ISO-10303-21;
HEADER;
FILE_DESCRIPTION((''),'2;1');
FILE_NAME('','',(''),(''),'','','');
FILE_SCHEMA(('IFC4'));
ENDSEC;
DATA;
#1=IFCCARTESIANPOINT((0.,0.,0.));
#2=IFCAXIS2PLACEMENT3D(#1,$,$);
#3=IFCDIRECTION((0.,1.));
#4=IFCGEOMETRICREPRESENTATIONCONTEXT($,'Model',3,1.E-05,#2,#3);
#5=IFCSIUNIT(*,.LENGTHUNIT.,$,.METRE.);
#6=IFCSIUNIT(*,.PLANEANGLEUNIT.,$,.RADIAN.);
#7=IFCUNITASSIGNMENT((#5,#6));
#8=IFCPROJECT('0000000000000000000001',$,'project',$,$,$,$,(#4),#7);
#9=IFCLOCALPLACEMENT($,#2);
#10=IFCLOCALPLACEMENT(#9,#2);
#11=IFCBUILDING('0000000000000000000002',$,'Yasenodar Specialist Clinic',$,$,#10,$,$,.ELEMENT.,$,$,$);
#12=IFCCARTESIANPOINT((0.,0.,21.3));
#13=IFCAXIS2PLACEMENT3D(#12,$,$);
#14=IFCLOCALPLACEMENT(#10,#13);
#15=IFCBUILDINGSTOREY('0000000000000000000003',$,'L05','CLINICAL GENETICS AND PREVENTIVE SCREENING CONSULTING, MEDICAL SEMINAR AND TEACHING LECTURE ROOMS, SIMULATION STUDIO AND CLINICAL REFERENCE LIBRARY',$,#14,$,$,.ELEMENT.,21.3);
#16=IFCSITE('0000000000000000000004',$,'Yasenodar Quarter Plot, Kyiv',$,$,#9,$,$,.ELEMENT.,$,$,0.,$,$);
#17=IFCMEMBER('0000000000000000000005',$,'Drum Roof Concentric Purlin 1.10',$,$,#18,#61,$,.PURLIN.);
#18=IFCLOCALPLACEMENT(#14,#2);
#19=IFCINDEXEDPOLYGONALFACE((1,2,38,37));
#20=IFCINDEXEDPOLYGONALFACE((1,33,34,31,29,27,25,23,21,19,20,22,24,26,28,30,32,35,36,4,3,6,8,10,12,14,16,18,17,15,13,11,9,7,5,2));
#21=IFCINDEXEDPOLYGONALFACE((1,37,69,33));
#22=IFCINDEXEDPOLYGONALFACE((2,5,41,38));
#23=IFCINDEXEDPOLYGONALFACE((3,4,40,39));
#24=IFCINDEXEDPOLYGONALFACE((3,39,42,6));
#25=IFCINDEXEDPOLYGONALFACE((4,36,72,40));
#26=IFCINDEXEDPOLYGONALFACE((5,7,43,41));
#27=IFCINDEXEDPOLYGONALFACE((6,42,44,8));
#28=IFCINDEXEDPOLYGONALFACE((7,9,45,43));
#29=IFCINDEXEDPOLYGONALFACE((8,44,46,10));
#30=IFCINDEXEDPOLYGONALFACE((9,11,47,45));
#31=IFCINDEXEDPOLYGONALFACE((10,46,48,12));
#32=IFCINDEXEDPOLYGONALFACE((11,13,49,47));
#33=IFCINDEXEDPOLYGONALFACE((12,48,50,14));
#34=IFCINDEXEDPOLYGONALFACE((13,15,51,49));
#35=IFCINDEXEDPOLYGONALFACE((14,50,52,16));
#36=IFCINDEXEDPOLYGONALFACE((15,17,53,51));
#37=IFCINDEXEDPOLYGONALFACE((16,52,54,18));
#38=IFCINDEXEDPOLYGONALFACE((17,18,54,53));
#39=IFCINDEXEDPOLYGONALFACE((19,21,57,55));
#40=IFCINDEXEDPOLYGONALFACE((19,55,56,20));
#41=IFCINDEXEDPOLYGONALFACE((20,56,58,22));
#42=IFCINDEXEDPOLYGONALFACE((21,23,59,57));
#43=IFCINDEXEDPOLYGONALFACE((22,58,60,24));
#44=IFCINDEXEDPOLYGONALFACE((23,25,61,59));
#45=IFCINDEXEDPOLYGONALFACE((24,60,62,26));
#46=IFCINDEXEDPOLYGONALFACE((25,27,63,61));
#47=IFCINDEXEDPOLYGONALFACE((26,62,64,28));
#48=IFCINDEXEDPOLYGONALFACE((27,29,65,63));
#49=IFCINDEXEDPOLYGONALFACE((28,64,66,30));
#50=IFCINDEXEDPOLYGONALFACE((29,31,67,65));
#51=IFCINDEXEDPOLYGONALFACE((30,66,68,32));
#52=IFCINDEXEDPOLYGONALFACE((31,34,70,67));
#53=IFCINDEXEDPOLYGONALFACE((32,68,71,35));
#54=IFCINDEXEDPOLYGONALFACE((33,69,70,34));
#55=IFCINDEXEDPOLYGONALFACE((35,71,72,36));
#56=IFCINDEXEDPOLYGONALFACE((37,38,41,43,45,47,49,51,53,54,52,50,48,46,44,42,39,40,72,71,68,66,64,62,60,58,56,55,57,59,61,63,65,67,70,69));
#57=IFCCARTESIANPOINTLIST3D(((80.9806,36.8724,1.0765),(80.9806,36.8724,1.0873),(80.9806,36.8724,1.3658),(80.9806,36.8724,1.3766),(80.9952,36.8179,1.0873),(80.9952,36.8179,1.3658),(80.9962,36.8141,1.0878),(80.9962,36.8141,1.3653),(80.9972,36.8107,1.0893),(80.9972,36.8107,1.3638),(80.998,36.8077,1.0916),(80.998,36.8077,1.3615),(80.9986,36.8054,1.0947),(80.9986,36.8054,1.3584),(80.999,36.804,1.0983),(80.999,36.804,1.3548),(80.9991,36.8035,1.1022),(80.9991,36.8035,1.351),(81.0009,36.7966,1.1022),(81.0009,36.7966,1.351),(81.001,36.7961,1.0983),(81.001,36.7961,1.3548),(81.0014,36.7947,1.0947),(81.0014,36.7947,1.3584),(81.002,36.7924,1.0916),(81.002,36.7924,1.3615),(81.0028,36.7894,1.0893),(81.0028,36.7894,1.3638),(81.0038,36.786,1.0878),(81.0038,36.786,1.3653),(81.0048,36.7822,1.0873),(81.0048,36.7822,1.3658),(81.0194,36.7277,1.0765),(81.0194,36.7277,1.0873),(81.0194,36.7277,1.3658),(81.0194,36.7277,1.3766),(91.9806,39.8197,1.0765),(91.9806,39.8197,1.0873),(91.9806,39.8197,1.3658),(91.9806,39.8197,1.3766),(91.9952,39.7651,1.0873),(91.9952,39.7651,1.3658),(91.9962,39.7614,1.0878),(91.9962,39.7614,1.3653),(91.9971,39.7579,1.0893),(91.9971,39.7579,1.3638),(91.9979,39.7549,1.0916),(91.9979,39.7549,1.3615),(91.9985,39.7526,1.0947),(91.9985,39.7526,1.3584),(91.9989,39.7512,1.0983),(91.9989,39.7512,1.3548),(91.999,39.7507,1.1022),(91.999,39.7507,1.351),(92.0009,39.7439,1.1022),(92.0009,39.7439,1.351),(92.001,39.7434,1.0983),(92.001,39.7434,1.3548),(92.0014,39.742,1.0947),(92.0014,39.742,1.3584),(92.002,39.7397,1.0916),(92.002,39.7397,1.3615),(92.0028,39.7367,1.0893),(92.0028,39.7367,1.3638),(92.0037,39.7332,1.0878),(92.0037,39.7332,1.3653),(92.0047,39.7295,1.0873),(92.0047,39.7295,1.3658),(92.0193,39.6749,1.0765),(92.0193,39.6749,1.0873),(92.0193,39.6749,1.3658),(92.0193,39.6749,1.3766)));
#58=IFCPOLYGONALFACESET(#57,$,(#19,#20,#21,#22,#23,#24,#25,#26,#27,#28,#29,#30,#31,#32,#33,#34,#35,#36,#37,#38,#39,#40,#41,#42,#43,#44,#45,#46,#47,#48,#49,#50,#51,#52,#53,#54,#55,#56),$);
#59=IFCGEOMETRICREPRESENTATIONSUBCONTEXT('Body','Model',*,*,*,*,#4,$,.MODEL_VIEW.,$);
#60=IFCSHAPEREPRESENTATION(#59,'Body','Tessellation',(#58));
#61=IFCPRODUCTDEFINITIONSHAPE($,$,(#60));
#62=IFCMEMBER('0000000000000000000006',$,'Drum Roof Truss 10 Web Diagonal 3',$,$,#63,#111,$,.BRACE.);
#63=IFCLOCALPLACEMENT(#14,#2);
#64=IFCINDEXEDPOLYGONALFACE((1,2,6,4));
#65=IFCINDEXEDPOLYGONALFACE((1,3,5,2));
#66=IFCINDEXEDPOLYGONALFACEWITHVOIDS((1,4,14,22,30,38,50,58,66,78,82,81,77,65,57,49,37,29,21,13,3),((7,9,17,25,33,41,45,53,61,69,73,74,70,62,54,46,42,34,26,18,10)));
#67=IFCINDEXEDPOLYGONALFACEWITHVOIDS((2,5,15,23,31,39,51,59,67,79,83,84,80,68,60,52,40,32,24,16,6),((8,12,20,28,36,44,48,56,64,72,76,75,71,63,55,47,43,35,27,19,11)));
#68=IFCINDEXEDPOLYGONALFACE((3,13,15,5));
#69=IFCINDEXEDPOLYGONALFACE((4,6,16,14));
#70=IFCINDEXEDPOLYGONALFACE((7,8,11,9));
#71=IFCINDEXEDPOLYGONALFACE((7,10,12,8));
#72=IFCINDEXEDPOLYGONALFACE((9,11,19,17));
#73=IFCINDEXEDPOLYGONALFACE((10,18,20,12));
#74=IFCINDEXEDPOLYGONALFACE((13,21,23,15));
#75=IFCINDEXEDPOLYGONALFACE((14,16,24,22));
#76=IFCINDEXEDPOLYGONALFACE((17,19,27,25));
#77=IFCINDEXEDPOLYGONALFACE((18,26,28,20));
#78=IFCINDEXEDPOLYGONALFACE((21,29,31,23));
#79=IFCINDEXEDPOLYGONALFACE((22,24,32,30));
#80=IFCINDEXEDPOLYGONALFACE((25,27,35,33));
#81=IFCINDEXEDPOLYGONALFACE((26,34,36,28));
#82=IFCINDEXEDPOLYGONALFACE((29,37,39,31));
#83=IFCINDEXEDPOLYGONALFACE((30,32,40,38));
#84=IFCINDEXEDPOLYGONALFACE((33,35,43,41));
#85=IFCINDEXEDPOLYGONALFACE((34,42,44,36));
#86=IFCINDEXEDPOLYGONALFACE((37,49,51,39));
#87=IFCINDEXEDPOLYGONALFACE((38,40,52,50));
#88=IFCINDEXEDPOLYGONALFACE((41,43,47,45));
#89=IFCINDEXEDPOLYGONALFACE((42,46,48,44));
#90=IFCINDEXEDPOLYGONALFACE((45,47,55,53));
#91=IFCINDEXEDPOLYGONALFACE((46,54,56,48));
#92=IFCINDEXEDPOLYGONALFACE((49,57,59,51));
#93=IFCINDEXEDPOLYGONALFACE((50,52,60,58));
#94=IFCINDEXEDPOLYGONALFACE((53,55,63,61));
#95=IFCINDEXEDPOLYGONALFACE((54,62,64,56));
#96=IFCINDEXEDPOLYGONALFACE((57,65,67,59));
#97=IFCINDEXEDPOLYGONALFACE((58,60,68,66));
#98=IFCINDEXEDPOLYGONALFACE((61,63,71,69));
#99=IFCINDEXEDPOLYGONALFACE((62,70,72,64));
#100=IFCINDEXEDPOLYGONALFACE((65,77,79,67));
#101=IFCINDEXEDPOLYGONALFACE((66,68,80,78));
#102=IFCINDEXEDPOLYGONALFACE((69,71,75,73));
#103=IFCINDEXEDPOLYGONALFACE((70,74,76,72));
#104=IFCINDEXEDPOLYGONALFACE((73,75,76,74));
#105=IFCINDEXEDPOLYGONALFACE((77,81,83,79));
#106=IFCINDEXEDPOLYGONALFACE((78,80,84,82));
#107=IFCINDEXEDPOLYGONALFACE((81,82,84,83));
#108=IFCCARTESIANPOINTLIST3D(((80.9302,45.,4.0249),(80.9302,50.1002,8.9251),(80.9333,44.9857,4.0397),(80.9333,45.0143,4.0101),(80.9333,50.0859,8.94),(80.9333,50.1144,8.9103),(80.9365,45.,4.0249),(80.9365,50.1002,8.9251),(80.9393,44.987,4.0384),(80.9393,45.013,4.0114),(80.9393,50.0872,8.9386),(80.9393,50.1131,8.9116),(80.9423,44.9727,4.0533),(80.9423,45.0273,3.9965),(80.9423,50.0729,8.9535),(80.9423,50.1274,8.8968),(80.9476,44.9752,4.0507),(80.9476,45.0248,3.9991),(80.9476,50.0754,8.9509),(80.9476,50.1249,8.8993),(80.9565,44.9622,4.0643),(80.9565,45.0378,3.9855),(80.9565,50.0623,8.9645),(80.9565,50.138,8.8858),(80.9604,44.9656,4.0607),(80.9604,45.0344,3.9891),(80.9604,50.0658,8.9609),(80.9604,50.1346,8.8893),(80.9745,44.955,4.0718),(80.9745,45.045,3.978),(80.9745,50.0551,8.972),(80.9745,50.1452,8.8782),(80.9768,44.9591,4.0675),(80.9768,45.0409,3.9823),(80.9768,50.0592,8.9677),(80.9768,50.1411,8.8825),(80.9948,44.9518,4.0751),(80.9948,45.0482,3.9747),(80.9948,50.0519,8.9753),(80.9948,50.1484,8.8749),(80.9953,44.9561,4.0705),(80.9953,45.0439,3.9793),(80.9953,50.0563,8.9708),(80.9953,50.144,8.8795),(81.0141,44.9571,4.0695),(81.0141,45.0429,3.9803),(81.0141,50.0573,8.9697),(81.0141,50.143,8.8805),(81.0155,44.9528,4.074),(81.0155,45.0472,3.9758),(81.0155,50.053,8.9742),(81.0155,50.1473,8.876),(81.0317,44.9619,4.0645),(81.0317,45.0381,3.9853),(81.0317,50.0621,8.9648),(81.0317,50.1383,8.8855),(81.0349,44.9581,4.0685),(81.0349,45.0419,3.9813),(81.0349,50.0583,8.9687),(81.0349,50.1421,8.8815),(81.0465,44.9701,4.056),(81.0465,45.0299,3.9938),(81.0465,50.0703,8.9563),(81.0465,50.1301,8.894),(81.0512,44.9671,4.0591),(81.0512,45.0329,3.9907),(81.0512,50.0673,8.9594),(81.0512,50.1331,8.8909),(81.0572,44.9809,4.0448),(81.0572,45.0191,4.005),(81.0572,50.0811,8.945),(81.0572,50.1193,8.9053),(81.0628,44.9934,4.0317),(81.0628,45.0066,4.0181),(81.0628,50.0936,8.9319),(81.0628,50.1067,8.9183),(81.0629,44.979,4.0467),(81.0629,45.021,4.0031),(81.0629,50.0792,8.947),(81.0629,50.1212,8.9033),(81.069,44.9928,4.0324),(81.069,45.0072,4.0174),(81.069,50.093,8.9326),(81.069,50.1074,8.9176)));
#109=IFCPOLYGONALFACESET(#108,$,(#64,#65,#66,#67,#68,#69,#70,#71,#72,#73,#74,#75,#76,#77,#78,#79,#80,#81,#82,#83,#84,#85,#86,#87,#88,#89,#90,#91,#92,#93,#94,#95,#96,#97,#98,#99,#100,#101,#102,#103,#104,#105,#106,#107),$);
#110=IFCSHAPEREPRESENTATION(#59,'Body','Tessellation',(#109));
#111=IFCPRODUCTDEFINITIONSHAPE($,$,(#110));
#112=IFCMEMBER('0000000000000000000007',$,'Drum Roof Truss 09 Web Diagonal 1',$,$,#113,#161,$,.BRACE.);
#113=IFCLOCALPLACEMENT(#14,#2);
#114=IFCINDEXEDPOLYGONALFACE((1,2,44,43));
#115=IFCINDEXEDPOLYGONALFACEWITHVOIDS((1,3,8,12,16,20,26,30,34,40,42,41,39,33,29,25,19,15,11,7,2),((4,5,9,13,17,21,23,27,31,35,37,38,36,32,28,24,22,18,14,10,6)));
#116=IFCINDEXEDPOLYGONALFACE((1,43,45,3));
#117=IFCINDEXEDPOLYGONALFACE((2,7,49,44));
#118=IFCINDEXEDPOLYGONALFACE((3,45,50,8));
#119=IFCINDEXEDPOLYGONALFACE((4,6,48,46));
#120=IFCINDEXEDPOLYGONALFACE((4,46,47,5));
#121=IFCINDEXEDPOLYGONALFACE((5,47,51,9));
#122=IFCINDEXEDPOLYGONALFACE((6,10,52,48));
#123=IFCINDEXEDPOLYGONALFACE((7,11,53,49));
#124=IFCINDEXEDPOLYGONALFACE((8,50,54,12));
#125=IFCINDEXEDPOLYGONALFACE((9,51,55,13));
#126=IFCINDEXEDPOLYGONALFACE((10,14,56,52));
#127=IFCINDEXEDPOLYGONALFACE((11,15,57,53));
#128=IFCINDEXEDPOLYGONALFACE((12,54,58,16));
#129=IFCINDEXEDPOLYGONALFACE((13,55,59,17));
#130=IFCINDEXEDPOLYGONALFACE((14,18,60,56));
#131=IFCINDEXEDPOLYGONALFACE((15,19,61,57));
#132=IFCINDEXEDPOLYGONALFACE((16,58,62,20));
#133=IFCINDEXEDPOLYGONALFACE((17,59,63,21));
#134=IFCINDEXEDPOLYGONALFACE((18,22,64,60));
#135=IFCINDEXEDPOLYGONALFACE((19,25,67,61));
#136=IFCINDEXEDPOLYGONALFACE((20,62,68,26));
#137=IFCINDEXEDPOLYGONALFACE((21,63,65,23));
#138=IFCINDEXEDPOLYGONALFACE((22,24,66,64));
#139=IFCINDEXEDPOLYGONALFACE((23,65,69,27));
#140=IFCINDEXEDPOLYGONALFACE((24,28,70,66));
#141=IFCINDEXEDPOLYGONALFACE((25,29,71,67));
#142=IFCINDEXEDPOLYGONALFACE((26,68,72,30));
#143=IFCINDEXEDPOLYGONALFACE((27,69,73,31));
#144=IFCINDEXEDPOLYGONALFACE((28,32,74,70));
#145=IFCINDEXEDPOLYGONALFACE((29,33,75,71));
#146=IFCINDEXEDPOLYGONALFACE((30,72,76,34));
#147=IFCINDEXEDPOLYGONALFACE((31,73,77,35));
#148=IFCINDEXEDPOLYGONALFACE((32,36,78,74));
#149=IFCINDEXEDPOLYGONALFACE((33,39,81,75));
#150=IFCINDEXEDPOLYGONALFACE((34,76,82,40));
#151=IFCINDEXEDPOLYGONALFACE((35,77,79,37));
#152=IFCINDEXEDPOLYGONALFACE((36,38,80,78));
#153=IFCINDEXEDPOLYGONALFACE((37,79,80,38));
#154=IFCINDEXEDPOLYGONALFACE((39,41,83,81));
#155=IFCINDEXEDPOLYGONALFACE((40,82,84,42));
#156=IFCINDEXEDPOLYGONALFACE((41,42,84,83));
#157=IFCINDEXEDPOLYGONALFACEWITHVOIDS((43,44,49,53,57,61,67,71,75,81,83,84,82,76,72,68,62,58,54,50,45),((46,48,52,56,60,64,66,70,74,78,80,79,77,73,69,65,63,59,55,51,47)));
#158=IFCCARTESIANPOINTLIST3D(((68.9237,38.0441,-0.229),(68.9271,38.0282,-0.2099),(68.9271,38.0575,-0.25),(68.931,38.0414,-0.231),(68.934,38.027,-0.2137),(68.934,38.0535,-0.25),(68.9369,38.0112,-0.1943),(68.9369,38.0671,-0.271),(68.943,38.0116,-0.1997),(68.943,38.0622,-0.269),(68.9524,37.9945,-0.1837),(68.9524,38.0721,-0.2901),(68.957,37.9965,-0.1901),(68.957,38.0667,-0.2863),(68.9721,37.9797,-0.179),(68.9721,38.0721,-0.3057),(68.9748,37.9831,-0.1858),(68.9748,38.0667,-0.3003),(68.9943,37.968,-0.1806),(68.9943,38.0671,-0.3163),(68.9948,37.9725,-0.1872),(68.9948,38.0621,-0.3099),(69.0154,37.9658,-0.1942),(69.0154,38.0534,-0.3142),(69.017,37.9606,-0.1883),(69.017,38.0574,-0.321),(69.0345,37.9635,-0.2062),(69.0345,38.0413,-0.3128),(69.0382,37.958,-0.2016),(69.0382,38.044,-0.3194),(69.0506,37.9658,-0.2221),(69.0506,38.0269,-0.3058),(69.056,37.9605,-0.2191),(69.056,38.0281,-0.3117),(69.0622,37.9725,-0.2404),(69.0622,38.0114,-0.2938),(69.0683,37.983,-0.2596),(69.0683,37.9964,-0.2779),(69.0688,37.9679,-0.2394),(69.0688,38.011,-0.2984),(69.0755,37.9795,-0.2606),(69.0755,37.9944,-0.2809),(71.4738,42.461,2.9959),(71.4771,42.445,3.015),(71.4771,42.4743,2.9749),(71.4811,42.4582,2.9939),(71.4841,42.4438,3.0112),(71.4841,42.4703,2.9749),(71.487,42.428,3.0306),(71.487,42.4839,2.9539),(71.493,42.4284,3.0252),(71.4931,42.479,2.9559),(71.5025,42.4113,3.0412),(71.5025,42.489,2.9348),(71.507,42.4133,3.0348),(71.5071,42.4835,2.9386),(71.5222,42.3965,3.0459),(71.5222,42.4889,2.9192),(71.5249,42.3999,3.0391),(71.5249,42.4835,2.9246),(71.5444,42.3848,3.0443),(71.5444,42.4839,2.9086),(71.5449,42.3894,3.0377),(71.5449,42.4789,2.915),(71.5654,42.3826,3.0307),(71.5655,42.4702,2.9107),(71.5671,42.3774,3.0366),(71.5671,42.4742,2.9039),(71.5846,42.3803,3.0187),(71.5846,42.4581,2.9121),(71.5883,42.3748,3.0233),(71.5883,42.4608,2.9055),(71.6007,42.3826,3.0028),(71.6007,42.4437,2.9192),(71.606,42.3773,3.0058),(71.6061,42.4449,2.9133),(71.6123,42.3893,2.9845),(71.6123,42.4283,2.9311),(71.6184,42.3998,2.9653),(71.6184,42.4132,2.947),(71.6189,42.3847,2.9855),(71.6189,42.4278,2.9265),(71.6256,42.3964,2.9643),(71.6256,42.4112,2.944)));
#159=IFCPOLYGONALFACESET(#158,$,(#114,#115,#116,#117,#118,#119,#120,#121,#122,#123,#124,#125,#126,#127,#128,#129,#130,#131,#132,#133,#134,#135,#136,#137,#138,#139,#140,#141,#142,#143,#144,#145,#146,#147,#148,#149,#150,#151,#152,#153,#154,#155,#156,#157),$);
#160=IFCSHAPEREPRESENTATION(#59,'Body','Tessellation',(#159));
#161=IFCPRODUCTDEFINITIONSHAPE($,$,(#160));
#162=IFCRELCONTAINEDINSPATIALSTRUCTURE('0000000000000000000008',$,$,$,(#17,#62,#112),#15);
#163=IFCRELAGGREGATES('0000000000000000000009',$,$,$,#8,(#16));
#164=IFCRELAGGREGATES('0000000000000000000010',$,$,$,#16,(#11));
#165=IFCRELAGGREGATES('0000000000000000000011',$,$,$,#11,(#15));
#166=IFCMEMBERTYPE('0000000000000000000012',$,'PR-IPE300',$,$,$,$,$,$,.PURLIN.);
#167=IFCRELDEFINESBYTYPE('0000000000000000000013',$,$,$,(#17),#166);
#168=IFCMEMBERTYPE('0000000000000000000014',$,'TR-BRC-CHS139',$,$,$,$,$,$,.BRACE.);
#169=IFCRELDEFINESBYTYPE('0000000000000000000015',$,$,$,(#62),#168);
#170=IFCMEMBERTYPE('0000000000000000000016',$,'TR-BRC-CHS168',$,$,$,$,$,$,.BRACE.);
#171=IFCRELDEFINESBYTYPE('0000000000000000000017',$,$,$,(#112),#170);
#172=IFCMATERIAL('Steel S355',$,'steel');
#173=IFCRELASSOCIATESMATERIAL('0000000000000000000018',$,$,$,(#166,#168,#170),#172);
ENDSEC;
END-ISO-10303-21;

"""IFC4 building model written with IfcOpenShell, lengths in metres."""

from ifc_helpers import new_model, si_unit, direction, frame, origin, origin_2d, place, context, subcontext, project, spatial, hollow_circle, i_section, extrude, material, material_profile, profile_set, type_object, element, save


model = new_model("IFC4")

# Units and contexts
model_context = context("Model", 3, precision=1e-05, world=origin(), true_north=direction((0.0, 1.0)))
body_context = subcontext(model_context, "Body", "Model", "MODEL_VIEW")
ifc_project = project(units=[si_unit("LENGTHUNIT", "METRE"), si_unit("PLANEANGLEUNIT", "RADIAN")], contexts=[model_context])

# Site, building, storey
site_placement = place(None, origin())
site = spatial("IfcSite", under=ifc_project, at=site_placement, Name="Yasenodar Quarter Plot, Kyiv", CompositionType="ELEMENT", RefElevation=0.0)
building_placement = place(site_placement, origin())
building = spatial("IfcBuilding", under=site, at=building_placement, Name="Yasenodar Specialist Clinic", CompositionType="ELEMENT")
storey_placement = place(building_placement, frame((0.0, 0.0, 21.3)))
storey = spatial("IfcBuildingStorey", under=building, at=storey_placement, Name="L05", Description="CLINICAL GENETICS AND PREVENTIVE SCREENING CONSULTING, MEDICAL SEMINAR AND TEACHING LECTURE ROOMS, SIMULATION STUDIO AND CLINICAL REFERENCE LIBRARY", CompositionType="ELEMENT", Elevation=21.3)

# Members
ifc_material = material(Name="Steel S355", Category="steel")
ifc_material_profile_1 = material_profile(ifc_material, i_section(OverallWidth=0.1499, OverallDepth=0.3, WebThickness=0.0071, FlangeThickness=0.0107, FilletRadius=0.0149, at=origin_2d()), Name="IPE 300")
ifc_profile_set_1 = profile_set([ifc_material_profile_1], Name="Steel S355")
member_type_1 = type_object("IfcMemberType", Name="PR-IPE300", PredefinedType="PURLIN", material=ifc_profile_set_1)
for number, where, z_axis, x_axis, name in (
    (1, (81.0, 36.8, 1.2266), (0.96593, 0.258805, 0.0), (-0.258805, 0.96593, 0.0), "Drum Roof Concentric Purlin 1.10"),
):
    element("IfcMember", number, at=place(storey_placement, frame(where, z_axis=z_axis, x_axis=x_axis)), inside=storey, type_object=member_type_1, Name=name, PredefinedType="PURLIN", context=body_context, shape_type="SweptSolid", body=[
        extrude(i_section(OverallWidth=0.1499, OverallDepth=0.3, WebThickness=0.0071, FlangeThickness=0.0107, FilletRadius=0.0149, at=origin_2d()), origin(), (0.0, 0.0, 1.0), 11.3879),
    ])
ifc_material_profile_2 = material_profile(ifc_material, hollow_circle(Radius=0.0698, WallThickness=0.0063, at=origin_2d()), Name="CHS 139.7x6.3")
ifc_profile_set_2 = profile_set([ifc_material_profile_2], Name="Steel S355")
member_type_2 = type_object("IfcMemberType", Name="TR-BRC-CHS139", PredefinedType="BRACE", material=ifc_profile_set_2)
member_1_placement = place(storey_placement, frame((81.0, 45.0, 4.0249), z_axis=(0.0, 0.721101, 0.69283), x_axis=(-1.0, 0.0, 0.0)))
element("IfcMember", 2, at=member_1_placement, inside=storey, type_object=member_type_2, Name="Drum Roof Truss 10 Web Diagonal 3", PredefinedType="BRACE", context=body_context, shape_type="SweptSolid", body=[
    extrude(hollow_circle(Radius=0.0698, WallThickness=0.0063, at=origin_2d()), origin(), (0.0, 0.0, 1.0), 7.0728),
])
ifc_material_profile_3 = material_profile(ifc_material, hollow_circle(Radius=0.0842, WallThickness=0.0081, at=origin_2d()), Name="CHS 168.3x8")
ifc_profile_set_3 = profile_set([ifc_material_profile_3], Name="Steel S355")
member_type_3 = type_object("IfcMemberType", Name="TR-BRC-CHS168", PredefinedType="BRACE", material=ifc_profile_set_3)
member_2_placement = place(storey_placement, frame((69.0, 38.0154, -0.25), z_axis=(0.422608, 0.731967, 0.53444), x_axis=(-0.866022, 0.500006, 0.0)))
element("IfcMember", 3, at=member_2_placement, inside=storey, type_object=member_type_3, Name="Drum Roof Truss 09 Web Diagonal 1", PredefinedType="BRACE", context=body_context, shape_type="SweptSolid", body=[
    extrude(hollow_circle(Radius=0.0842, WallThickness=0.0081, at=origin_2d()), origin(), (0.0, 0.0, 1.0), 6.0342),
])

save(model, "model.ifc")
